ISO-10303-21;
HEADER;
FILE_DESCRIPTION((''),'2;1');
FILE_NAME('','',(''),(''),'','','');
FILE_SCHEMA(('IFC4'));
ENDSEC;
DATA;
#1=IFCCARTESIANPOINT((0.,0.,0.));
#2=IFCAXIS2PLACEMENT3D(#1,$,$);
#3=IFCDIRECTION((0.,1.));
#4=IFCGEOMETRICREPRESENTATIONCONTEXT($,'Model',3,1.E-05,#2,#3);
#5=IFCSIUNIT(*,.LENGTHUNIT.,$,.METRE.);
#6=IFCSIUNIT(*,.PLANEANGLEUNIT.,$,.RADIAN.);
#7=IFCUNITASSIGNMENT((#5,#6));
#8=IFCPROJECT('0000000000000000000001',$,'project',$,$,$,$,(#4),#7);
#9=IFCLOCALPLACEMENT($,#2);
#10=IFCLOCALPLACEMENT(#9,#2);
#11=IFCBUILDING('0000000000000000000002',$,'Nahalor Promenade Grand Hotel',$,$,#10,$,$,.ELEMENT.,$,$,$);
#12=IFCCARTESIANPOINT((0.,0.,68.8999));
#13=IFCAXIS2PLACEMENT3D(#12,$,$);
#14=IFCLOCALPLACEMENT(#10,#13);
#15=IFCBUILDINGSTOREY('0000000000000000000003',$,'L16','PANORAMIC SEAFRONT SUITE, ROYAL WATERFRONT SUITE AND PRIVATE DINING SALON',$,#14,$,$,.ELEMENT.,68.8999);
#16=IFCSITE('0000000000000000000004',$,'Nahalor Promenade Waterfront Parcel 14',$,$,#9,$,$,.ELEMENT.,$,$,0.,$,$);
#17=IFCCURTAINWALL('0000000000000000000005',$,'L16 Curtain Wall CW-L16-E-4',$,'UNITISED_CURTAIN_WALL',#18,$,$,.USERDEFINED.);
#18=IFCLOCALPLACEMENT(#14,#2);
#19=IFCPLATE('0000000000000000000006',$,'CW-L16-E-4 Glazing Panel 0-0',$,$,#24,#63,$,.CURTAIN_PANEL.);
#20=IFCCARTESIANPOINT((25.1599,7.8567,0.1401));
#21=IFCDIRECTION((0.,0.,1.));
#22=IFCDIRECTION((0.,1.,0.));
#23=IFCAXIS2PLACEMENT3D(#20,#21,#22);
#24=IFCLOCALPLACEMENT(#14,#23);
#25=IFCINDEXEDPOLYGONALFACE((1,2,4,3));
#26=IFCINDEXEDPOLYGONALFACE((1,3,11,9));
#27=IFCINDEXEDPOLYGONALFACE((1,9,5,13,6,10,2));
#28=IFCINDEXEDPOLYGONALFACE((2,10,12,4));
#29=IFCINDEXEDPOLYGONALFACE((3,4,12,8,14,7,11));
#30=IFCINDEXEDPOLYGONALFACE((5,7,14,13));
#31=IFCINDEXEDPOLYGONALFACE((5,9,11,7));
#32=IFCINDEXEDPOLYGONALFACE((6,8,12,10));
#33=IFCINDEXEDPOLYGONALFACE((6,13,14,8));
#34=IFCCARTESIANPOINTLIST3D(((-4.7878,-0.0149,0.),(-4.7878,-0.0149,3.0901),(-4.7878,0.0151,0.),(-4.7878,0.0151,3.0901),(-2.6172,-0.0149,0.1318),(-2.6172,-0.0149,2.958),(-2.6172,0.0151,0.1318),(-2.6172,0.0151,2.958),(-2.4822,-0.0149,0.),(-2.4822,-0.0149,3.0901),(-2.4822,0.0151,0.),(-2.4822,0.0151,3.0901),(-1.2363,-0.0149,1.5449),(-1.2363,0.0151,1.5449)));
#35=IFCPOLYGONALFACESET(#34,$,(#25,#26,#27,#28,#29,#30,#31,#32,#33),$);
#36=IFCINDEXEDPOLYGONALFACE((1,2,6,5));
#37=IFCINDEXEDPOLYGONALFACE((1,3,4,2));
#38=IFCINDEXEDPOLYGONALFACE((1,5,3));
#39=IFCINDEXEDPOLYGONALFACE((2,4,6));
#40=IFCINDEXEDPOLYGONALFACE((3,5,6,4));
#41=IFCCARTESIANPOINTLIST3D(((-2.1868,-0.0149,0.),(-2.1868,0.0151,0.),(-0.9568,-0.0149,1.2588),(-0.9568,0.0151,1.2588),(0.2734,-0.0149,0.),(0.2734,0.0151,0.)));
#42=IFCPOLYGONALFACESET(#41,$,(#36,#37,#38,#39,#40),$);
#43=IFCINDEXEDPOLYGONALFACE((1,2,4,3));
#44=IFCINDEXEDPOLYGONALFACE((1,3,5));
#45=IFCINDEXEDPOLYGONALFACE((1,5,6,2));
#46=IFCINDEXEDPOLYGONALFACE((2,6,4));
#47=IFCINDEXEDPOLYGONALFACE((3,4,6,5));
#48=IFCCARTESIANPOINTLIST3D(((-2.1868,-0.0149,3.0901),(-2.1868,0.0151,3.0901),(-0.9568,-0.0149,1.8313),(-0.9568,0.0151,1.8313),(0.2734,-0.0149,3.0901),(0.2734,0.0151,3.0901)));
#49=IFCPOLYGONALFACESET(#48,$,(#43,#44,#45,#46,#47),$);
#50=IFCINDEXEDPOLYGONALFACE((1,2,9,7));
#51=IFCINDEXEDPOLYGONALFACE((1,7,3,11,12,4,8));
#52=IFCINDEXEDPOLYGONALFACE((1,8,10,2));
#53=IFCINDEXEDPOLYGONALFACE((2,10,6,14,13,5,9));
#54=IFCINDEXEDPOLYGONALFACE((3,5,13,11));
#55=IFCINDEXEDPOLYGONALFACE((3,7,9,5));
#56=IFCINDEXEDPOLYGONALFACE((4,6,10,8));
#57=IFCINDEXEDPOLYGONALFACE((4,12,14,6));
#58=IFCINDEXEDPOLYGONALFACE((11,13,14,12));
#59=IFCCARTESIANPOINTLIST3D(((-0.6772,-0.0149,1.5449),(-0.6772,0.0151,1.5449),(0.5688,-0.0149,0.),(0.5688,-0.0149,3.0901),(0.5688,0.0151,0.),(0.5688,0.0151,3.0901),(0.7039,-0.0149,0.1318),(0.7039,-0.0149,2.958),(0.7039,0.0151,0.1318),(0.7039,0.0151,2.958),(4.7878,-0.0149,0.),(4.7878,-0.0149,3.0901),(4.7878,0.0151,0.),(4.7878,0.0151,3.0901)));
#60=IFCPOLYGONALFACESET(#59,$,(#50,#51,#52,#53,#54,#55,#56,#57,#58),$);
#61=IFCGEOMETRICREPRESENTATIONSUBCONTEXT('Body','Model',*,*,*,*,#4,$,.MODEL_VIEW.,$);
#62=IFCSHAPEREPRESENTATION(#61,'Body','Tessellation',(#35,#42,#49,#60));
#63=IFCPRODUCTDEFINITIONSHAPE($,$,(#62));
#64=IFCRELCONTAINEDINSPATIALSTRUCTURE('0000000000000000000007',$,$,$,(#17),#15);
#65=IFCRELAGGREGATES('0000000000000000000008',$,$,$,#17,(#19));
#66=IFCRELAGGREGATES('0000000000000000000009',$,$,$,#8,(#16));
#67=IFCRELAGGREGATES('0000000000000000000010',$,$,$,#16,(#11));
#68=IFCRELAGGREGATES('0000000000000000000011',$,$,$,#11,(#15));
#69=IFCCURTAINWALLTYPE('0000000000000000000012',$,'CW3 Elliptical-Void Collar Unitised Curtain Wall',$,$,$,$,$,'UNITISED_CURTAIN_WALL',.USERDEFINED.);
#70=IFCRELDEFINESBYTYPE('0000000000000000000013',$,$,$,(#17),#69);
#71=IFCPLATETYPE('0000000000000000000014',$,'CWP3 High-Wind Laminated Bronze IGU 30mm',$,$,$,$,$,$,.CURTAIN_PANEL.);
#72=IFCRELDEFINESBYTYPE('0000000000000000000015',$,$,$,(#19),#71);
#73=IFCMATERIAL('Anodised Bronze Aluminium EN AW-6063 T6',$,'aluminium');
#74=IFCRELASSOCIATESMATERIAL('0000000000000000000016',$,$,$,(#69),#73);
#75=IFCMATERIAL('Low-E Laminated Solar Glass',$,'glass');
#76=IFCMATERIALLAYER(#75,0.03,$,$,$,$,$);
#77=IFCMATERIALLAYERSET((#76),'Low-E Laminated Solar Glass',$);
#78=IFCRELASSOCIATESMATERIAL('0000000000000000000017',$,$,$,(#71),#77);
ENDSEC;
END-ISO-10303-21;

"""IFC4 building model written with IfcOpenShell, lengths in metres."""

from ifc_helpers import new_model, si_unit, direction, frame, origin, place, context, subcontext, project, spatial, polyline, outline, extrude, material, layer, layer_set, type_object, element, aggregate, save


model = new_model("IFC4")

# Units and contexts
model_context = context("Model", 3, precision=1e-05, world=origin(), true_north=direction((0.0, 1.0)))
body_context = subcontext(model_context, "Body", "Model", "MODEL_VIEW")
ifc_project = project(units=[si_unit("LENGTHUNIT", "METRE"), si_unit("PLANEANGLEUNIT", "RADIAN")], contexts=[model_context])

# Site, building, storey
site_placement = place(None, origin())
site = spatial("IfcSite", under=ifc_project, at=site_placement, Name="Nahalor Promenade Waterfront Parcel 14", CompositionType="ELEMENT", RefElevation=0.0)
building_placement = place(site_placement, origin())
building = spatial("IfcBuilding", under=site, at=building_placement, Name="Nahalor Promenade Grand Hotel", CompositionType="ELEMENT")
storey_placement = place(building_placement, frame((0.0, 0.0, 68.8999)))
storey = spatial("IfcBuildingStorey", under=building, at=storey_placement, Name="L16", Description="PANORAMIC SEAFRONT SUITE, ROYAL WATERFRONT SUITE AND PRIVATE DINING SALON", CompositionType="ELEMENT", Elevation=68.8999)

# Curtain wall
ifc_material_1 = material(Name="Anodised Bronze Aluminium EN AW-6063 T6", Category="aluminium")
curtain_wall_type = type_object("IfcCurtainWallType", Name="CW3 Elliptical-Void Collar Unitised Curtain Wall", ElementType="UNITISED_CURTAIN_WALL", PredefinedType="USERDEFINED", material=ifc_material_1)
curtain_wall_1_placement = place(storey_placement, origin())
curtain_wall_1 = element("IfcCurtainWall", 1, at=curtain_wall_1_placement, inside=storey, type_object=curtain_wall_type, Name="L16 Curtain Wall CW-L16-E-4", ObjectType="UNITISED_CURTAIN_WALL", PredefinedType="USERDEFINED")

# Plate
ifc_material_2 = material(Name="Low-E Laminated Solar Glass", Category="glass")
ifc_layer_1 = layer(ifc_material_2, 0.03)
ifc_layer_set_1 = layer_set([ifc_layer_1], Name="Low-E Laminated Solar Glass")
plate_type_1 = type_object("IfcPlateType", Name="CWP3 High-Wind Laminated Bronze IGU 30mm", PredefinedType="CURTAIN_PANEL", material=ifc_layer_set_1)
plate_1_placement = place(storey_placement, frame((25.1599, 7.8567, 0.1401), z_axis=(0.0, 0.0, 1.0), x_axis=(0.0, 1.0, 0.0)))
plate_1 = element("IfcPlate", 2, at=plate_1_placement, type_object=plate_type_1, Name="CW-L16-E-4 Glazing Panel 0-0", PredefinedType="CURTAIN_PANEL", context=body_context, shape_type="SweptSolid", body=[
    extrude(outline(polyline([(-4.7878, 3.0901), (-4.7878, 0.0), (-2.4822, 0.0), (-2.6172, 0.1318), (-1.2363, 1.5449), (-2.6172, 2.958), (-2.4822, 3.0901), (-4.7878, 3.0901)])), frame((0.0, 0.0151, 0.0), z_axis=(0.0, -1.0, 0.0), x_axis=(1.0, 0.0, 0.0)), (0.0, 0.0, 1.0), 0.03),
    extrude(outline(polyline([(-0.9568, 1.2588), (-2.1868, 0.0), (0.2734, 0.0), (-0.9568, 1.2588)])), frame((0.0, 0.0151, 0.0), z_axis=(0.0, -1.0, 0.0), x_axis=(1.0, 0.0, 0.0)), (0.0, 0.0, 1.0), 0.03),
    extrude(outline(polyline([(-0.9568, 1.8313), (0.2734, 3.0901), (-2.1868, 3.0901), (-0.9568, 1.8313)])), frame((0.0, 0.0151, 0.0), z_axis=(0.0, -1.0, 0.0), x_axis=(1.0, 0.0, 0.0)), (0.0, 0.0, 1.0), 0.03),
    extrude(outline(polyline([(4.7878, 0.0), (4.7878, 3.0901), (0.5688, 3.0901), (0.7039, 2.958), (-0.6772, 1.5449), (0.7039, 0.1318), (0.5688, 0.0), (4.7878, 0.0)])), frame((0.0, 0.0151, 0.0), z_axis=(0.0, -1.0, 0.0), x_axis=(1.0, 0.0, 0.0)), (0.0, 0.0, 1.0), 0.03),
])
aggregate(curtain_wall_1, [plate_1])

save(model, "model.ifc")
